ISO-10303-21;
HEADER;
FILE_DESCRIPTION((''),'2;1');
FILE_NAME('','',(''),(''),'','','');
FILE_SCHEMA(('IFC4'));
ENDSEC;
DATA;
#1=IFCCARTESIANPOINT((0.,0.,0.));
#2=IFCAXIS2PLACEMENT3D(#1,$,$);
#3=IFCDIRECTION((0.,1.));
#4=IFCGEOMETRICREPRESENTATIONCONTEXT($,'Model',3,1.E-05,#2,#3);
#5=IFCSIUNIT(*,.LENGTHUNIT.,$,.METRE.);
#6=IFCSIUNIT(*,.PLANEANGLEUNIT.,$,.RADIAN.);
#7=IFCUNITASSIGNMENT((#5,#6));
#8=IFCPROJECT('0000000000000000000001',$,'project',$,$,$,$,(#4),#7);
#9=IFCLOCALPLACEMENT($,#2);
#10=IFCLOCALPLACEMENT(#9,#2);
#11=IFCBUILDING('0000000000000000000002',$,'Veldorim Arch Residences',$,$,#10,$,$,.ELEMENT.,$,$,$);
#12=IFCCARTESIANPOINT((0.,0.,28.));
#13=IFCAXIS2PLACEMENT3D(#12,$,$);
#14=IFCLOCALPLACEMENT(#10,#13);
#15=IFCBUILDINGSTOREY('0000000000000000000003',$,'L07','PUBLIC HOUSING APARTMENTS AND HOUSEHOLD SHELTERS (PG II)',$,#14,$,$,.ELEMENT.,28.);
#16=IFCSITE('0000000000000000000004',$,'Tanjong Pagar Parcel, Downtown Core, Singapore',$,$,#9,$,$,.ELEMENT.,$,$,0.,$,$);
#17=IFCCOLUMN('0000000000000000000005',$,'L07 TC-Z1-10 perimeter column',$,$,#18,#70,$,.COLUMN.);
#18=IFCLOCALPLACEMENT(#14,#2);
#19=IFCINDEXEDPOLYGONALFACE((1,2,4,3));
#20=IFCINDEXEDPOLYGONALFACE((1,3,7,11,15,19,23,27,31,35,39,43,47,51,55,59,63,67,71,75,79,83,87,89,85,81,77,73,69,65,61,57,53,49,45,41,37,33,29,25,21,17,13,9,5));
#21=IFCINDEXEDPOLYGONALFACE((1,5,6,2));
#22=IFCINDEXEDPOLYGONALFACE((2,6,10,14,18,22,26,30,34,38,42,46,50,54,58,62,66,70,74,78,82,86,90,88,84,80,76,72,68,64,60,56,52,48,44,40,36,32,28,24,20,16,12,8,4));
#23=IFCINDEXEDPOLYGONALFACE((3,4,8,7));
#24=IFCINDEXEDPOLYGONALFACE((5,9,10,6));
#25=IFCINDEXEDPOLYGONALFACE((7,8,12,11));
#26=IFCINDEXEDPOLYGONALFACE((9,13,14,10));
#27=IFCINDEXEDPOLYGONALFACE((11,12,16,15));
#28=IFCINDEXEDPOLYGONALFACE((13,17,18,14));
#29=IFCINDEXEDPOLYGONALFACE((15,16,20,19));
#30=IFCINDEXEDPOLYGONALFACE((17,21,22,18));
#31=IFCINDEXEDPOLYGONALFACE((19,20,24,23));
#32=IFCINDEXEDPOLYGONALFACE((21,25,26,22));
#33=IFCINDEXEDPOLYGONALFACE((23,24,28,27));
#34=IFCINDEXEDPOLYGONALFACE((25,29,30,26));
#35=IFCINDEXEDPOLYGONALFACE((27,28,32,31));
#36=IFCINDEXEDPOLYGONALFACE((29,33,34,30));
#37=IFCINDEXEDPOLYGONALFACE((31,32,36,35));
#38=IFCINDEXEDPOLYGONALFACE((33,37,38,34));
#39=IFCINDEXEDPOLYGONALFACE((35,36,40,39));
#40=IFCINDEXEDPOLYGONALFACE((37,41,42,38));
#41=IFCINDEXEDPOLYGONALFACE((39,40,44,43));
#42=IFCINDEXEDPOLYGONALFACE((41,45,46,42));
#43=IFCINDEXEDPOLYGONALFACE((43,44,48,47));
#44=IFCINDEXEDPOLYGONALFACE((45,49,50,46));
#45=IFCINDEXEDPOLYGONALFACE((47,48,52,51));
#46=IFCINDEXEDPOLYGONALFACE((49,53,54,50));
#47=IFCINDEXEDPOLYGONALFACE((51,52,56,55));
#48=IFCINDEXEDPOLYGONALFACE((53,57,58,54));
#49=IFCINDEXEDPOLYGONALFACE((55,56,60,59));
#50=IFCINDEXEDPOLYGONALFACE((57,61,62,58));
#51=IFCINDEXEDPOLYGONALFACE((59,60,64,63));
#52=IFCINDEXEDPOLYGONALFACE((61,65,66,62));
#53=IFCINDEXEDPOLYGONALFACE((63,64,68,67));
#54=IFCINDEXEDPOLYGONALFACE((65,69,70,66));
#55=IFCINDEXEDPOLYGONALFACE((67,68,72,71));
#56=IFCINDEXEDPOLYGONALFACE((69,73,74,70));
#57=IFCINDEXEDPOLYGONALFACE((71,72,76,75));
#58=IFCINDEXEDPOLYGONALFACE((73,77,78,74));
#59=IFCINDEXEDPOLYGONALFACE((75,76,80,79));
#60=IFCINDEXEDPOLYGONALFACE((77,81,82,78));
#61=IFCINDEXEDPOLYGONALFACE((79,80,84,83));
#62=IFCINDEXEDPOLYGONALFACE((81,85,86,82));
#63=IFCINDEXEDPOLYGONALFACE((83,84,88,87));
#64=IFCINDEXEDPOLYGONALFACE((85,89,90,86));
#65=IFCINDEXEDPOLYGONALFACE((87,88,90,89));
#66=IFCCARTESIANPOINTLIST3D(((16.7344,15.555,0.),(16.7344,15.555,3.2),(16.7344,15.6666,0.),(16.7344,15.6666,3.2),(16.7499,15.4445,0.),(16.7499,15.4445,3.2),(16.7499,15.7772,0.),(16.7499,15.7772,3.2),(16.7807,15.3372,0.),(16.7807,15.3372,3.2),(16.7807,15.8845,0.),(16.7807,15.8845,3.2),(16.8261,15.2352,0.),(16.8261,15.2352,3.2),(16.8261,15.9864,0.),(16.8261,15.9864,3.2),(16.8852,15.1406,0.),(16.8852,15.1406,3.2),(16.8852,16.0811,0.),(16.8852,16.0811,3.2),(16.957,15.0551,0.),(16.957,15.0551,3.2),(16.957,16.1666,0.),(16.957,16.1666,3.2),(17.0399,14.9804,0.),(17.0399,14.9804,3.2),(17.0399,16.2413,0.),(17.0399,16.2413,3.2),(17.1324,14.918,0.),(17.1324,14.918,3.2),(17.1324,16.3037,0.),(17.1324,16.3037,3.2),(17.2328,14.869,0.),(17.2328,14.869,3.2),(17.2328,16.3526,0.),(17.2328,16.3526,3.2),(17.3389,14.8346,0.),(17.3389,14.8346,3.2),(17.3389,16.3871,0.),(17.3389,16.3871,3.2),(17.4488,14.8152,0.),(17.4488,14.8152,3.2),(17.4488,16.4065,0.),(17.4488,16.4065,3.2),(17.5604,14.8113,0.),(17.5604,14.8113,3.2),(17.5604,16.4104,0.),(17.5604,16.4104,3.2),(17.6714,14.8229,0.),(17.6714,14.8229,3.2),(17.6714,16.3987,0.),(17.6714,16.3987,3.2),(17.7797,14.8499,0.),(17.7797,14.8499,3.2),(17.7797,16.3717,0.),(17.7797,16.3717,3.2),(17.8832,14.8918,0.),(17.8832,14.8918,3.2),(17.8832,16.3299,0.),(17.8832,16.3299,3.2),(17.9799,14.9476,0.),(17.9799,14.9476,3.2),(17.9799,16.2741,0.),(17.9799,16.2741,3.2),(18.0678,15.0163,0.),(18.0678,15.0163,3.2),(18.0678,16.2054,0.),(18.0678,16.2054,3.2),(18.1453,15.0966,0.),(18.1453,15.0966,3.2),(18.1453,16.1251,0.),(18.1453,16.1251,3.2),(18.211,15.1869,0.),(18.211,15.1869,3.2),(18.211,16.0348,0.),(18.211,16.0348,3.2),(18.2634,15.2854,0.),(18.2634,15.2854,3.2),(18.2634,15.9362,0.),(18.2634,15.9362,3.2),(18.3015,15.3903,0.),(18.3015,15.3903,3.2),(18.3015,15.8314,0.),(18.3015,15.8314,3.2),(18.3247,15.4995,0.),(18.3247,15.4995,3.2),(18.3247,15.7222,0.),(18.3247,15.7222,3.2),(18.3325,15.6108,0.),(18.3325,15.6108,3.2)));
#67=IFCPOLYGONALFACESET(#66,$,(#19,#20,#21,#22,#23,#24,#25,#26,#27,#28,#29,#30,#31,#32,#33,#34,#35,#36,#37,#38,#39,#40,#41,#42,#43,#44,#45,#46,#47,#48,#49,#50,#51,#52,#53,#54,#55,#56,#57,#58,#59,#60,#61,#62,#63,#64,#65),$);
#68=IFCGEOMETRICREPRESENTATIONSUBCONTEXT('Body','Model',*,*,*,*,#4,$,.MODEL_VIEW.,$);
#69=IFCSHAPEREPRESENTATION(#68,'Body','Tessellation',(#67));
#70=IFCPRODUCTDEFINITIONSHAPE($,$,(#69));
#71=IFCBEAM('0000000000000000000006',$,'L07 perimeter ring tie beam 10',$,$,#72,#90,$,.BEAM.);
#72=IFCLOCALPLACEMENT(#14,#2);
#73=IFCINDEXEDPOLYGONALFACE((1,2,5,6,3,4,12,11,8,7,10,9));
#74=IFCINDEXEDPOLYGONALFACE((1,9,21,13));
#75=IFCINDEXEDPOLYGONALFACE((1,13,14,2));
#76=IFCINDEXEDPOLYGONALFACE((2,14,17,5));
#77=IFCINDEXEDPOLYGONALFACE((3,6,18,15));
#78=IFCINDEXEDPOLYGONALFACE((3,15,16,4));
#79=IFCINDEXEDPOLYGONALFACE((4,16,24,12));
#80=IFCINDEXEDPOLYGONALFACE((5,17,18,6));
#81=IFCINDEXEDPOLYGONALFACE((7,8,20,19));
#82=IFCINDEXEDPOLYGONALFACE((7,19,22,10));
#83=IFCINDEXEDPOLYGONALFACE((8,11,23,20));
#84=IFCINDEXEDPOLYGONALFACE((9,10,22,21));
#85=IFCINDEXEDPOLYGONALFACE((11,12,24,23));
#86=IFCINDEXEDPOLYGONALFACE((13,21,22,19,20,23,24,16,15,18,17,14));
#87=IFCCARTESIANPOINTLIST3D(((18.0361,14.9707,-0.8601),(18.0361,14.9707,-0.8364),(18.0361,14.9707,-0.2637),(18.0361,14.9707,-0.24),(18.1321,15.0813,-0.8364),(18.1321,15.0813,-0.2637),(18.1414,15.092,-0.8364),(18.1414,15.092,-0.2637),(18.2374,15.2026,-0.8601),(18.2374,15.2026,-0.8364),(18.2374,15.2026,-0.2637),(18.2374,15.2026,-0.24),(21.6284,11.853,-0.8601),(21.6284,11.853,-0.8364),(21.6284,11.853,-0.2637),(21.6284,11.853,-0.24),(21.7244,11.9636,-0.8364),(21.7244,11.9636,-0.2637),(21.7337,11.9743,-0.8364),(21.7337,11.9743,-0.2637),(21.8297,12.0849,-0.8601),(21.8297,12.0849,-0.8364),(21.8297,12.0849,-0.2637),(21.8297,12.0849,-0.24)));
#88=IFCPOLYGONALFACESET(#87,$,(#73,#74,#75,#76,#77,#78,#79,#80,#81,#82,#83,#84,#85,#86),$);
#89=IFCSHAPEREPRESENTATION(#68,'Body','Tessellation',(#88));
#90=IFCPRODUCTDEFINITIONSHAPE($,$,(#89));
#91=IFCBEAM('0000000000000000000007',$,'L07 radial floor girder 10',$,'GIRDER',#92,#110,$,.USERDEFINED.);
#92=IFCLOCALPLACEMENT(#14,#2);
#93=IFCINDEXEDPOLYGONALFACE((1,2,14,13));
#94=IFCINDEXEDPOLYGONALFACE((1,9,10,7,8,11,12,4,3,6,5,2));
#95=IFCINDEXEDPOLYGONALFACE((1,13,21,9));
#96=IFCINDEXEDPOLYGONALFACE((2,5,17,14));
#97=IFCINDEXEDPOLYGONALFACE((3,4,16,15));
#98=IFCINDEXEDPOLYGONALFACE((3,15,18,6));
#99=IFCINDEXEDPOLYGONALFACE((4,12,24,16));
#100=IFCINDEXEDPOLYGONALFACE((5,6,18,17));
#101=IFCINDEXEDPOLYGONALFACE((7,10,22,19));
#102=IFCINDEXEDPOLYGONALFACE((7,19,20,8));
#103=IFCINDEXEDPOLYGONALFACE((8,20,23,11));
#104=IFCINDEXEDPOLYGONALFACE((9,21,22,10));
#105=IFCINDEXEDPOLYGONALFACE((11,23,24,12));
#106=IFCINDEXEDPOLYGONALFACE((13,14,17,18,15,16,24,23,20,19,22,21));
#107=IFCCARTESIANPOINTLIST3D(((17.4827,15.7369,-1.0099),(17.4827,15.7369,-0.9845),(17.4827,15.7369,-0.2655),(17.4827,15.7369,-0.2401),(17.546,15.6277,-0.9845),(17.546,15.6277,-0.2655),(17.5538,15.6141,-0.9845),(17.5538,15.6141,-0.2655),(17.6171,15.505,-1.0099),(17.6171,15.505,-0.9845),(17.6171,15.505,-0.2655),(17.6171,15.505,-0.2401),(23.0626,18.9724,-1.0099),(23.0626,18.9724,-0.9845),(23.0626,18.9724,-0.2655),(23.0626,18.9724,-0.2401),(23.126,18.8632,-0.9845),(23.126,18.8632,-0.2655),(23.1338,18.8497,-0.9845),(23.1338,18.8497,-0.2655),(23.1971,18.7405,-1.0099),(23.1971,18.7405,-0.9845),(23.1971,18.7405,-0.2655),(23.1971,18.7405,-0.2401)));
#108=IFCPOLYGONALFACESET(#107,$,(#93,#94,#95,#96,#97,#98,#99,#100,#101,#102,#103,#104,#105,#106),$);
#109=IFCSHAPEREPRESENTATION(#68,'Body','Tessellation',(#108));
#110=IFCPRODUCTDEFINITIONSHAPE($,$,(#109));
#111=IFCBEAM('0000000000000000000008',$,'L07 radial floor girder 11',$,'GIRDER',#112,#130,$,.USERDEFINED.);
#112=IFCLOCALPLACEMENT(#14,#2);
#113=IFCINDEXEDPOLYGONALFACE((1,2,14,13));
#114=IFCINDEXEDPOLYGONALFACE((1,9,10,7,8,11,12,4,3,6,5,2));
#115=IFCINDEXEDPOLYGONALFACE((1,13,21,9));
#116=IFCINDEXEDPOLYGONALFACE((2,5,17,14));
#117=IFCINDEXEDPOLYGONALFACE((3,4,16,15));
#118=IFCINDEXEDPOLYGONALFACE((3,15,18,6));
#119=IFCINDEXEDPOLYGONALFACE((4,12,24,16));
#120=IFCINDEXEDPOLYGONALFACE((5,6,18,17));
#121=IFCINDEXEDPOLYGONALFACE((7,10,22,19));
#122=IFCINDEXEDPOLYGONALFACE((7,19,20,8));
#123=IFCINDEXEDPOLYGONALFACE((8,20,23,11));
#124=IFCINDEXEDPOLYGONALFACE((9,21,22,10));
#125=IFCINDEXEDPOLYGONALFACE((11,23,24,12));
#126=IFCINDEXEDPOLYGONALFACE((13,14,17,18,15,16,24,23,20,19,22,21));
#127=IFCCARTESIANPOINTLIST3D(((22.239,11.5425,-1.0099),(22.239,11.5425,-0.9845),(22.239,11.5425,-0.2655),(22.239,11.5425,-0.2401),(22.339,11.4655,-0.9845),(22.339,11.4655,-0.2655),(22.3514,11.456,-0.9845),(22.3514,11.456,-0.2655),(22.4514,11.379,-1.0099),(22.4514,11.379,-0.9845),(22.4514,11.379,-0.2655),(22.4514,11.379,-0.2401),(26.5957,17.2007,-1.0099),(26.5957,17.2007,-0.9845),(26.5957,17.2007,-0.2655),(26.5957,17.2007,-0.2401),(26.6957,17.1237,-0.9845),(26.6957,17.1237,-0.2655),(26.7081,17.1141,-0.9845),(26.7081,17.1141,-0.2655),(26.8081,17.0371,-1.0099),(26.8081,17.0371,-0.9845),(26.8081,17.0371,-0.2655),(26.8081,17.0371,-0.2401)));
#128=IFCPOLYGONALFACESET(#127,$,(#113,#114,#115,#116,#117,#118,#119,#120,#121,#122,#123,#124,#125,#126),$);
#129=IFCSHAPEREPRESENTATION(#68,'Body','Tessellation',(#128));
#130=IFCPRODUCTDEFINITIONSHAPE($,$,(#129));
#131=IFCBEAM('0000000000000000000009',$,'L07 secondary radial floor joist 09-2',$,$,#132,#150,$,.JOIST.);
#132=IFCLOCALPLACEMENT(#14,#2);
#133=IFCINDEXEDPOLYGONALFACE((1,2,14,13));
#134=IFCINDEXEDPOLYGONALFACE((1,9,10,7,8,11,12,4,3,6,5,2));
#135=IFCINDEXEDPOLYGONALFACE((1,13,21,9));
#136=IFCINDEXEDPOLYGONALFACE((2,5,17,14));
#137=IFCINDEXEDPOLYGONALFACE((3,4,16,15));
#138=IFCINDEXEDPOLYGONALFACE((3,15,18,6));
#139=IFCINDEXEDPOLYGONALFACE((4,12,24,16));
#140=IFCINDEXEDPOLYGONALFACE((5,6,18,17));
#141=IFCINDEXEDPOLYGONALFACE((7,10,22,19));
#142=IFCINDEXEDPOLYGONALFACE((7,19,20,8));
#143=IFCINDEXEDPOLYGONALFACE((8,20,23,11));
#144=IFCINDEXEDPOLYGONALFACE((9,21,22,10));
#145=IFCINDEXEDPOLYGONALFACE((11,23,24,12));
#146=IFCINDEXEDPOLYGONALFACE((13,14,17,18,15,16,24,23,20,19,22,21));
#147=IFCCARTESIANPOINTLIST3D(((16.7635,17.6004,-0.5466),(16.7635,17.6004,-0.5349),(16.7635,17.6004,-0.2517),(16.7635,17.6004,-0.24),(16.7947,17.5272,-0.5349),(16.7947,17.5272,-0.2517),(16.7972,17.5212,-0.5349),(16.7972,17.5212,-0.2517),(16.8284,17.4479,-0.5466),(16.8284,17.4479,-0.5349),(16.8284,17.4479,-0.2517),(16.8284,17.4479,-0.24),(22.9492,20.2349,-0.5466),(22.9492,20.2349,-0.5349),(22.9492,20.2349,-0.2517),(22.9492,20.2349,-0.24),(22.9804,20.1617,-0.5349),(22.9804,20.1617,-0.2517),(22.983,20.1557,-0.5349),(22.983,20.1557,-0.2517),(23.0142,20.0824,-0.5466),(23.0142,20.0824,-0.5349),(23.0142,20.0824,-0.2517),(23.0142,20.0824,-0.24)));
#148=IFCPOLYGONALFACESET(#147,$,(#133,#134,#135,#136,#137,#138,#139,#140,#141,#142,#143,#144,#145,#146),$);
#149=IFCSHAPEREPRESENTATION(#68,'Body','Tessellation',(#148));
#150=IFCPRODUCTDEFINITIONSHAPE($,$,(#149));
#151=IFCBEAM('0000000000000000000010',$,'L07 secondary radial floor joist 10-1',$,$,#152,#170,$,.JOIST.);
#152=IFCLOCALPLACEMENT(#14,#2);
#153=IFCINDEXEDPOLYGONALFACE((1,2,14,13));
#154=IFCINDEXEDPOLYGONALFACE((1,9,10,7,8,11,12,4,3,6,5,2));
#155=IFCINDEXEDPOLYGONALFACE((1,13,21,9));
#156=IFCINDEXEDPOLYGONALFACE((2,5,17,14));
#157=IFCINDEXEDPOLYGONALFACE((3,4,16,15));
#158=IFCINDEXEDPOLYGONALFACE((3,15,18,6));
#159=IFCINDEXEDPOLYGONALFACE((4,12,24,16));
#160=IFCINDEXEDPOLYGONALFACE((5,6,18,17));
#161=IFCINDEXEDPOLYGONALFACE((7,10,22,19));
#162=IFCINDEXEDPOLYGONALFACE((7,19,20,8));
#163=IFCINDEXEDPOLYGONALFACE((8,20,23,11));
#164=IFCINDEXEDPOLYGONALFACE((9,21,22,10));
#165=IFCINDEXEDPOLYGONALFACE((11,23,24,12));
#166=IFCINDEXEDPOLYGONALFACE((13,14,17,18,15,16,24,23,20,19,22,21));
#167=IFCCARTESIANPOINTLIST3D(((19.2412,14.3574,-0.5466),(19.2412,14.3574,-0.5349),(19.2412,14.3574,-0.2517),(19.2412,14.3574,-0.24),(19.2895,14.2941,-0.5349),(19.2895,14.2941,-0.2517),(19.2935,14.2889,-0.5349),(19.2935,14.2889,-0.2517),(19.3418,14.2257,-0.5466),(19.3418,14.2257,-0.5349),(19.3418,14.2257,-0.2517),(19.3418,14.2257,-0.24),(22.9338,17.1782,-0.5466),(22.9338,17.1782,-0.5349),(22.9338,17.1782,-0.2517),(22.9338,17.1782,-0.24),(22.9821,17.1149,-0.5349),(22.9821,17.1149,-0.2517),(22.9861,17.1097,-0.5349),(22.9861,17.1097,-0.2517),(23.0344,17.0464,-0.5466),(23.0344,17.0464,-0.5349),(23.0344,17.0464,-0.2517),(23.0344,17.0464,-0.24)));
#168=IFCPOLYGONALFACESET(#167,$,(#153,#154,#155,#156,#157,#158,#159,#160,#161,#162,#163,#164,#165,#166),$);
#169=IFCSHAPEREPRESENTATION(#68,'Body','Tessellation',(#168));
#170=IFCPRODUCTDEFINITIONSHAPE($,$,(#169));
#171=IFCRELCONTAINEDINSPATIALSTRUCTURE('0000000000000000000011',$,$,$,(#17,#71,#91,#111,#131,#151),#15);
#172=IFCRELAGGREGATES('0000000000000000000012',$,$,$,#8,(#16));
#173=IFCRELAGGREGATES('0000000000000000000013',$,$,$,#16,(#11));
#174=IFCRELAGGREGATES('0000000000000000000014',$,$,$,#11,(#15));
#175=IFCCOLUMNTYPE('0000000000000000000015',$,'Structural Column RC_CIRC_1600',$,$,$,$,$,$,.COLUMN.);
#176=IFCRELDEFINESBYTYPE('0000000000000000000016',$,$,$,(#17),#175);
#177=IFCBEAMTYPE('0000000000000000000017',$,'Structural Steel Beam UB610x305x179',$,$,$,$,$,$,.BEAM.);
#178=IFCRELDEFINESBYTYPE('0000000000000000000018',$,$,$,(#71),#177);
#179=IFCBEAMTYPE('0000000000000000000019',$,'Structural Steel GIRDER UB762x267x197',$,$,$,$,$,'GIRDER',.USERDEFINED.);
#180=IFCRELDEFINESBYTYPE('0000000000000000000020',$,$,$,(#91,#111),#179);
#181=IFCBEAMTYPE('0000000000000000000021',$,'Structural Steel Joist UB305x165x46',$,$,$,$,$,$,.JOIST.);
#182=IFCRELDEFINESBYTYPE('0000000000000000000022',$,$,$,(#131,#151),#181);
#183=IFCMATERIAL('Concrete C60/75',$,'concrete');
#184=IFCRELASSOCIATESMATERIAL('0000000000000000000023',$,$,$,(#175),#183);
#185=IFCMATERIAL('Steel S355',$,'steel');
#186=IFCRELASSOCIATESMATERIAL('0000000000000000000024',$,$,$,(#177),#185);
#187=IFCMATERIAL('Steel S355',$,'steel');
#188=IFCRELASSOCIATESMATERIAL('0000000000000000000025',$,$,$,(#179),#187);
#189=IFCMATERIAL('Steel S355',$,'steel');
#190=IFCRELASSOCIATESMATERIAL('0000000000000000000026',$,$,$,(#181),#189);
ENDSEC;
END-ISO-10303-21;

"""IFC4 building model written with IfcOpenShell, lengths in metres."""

from ifc_helpers import new_model, si_unit, direction, frame, origin, origin_2d, place, context, subcontext, project, spatial, circle, i_section, extrude, material, material_profile, profile_set, type_object, element, save


model = new_model("IFC4")

# Units and contexts
model_context = context("Model", 3, precision=1e-05, world=origin(), true_north=direction((0.0, 1.0)))
body_context = subcontext(model_context, "Body", "Model", "MODEL_VIEW")
ifc_project = project(units=[si_unit("LENGTHUNIT", "METRE"), si_unit("PLANEANGLEUNIT", "RADIAN")], contexts=[model_context])

# Site, building, storey
site_placement = place(None, origin())
site = spatial("IfcSite", under=ifc_project, at=site_placement, Name="Tanjong Pagar Parcel, Downtown Core, Singapore", CompositionType="ELEMENT", RefElevation=0.0)
building_placement = place(site_placement, origin())
building = spatial("IfcBuilding", under=site, at=building_placement, Name="Veldorim Arch Residences", CompositionType="ELEMENT")
storey_placement = place(building_placement, frame((0.0, 0.0, 28.0)))
storey = spatial("IfcBuildingStorey", under=building, at=storey_placement, Name="L07", Description="PUBLIC HOUSING APARTMENTS AND HOUSEHOLD SHELTERS (PG II)", CompositionType="ELEMENT", Elevation=28.0)

# Column
ifc_material_1 = material(Name="Concrete C60/75", Category="concrete")
ifc_material_profile_1 = material_profile(ifc_material_1, circle(Radius=0.8, at=origin_2d()), Name="RC_CIRC_1600")
ifc_profile_set_1 = profile_set([ifc_material_profile_1], Name="Concrete C60/75")
column_type = type_object("IfcColumnType", Name="Structural Column RC_CIRC_1600", PredefinedType="COLUMN", material=ifc_profile_set_1)
column_placement = place(storey_placement, frame((17.5325, 15.6108, 0.0), z_axis=(0.0, 0.0, 1.0), x_axis=(1.0, 0.0, 0.0)))
element("IfcColumn", 1, at=column_placement, inside=storey, type_object=column_type, Name="L07 TC-Z1-10 perimeter column", PredefinedType="COLUMN", context=body_context, shape_type="SweptSolid", body=[
    extrude(circle(Radius=0.8, at=origin_2d()), origin(), (0.0, 0.0, 1.0), 3.2),
])

# Beams
ifc_material_2 = material(Name="Steel S355", Category="steel")
ifc_material_profile_2 = material_profile(ifc_material_2, i_section(OverallWidth=0.3071, OverallDepth=0.6201, WebThickness=0.0142, FlangeThickness=0.0237, at=origin_2d()), Name="UB610x305x179")
ifc_profile_set_2 = profile_set([ifc_material_profile_2], Name="Steel S355")
beam_type_1 = type_object("IfcBeamType", Name="Structural Steel Beam UB610x305x179", PredefinedType="BEAM", material=ifc_profile_set_2)
beam_1_placement = place(storey_placement, frame((18.1367, 15.0867, -0.55), z_axis=(0.755235, -0.655454, 0.0), x_axis=(0.655454, 0.755235, 0.0)))
element("IfcBeam", 2, at=beam_1_placement, inside=storey, type_object=beam_type_1, Name="L07 perimeter ring tie beam 10", PredefinedType="BEAM", context=body_context, shape_type="SweptSolid", body=[
    extrude(i_section(OverallWidth=0.3071, OverallDepth=0.6201, WebThickness=0.0142, FlangeThickness=0.0237, at=origin_2d()), origin(), (0.0, 0.0, 1.0), 4.7566),
])
ifc_material_3 = material(Name="Steel S355", Category="steel")
ifc_material_profile_3 = material_profile(ifc_material_3, i_section(OverallWidth=0.2681, OverallDepth=0.7698, WebThickness=0.0156, FlangeThickness=0.0254, at=origin_2d()), Name="UB762x267x197")
ifc_profile_set_3 = profile_set([ifc_material_profile_3], Name="Steel S355")
beam_type_2 = type_object("IfcBeamType", Name="Structural Steel GIRDER UB762x267x197", ElementType="GIRDER", PredefinedType="USERDEFINED", material=ifc_profile_set_3)
beam_2_placement = place(storey_placement, frame((23.1299, 18.8564, -0.625), z_axis=(-0.865088, -0.50162, 0.0), x_axis=(0.50162, -0.865088, 0.0)))
element("IfcBeam", 3, at=beam_2_placement, inside=storey, type_object=beam_type_2, Name="L07 radial floor girder 10", ObjectType="GIRDER", PredefinedType="USERDEFINED", context=body_context, shape_type="SweptSolid", body=[
    extrude(i_section(OverallWidth=0.2681, OverallDepth=0.7698, WebThickness=0.0156, FlangeThickness=0.0254, at=origin_2d()), origin(), (0.0, 0.0, 1.0), 6.4502),
])
beam_3_placement = place(storey_placement, frame((26.7019, 17.1189, -0.625), z_axis=(-0.610082, -0.792338, 0.0), x_axis=(0.792338, -0.610082, 0.0)))
element("IfcBeam", 4, at=beam_3_placement, inside=storey, type_object=beam_type_2, Name="L07 radial floor girder 11", ObjectType="GIRDER", PredefinedType="USERDEFINED", context=body_context, shape_type="SweptSolid", body=[
    extrude(i_section(OverallWidth=0.2681, OverallDepth=0.7698, WebThickness=0.0156, FlangeThickness=0.0254, at=origin_2d()), origin(), (0.0, 0.0, 1.0), 7.1411),
])
ifc_material_4 = material(Name="Steel S355", Category="steel")
ifc_material_profile_4 = material_profile(ifc_material_4, i_section(OverallWidth=0.1658, OverallDepth=0.3066, WebThickness=0.0066, FlangeThickness=0.0117, at=origin_2d()), Name="UB305x165x46")
ifc_profile_set_4 = profile_set([ifc_material_profile_4], Name="Steel S355")
beam_type_3 = type_object("IfcBeamType", Name="Structural Steel Joist UB305x165x46", PredefinedType="JOIST", material=ifc_profile_set_4)
beam_4_placement = place(storey_placement, frame((22.9817, 20.1587, -0.3933), z_axis=(-0.920033, -0.391841, 0.0), x_axis=(0.391841, -0.920033, 0.0)))
element("IfcBeam", 5, at=beam_4_placement, inside=storey, type_object=beam_type_3, Name="L07 secondary radial floor joist 09-2", PredefinedType="JOIST", context=body_context, shape_type="SweptSolid", body=[
    extrude(i_section(OverallWidth=0.1658, OverallDepth=0.3066, WebThickness=0.0066, FlangeThickness=0.0117, at=origin_2d()), origin(), (0.0, 0.0, 1.0), 6.7234),
])
beam_5_placement = place(storey_placement, frame((22.9841, 17.1123, -0.3933), z_axis=(-0.794666, -0.607046, 0.0), x_axis=(0.607046, -0.794666, 0.0)))
element("IfcBeam", 6, at=beam_5_placement, inside=storey, type_object=beam_type_3, Name="L07 secondary radial floor joist 10-1", PredefinedType="JOIST", context=body_context, shape_type="SweptSolid", body=[
    extrude(i_section(OverallWidth=0.1658, OverallDepth=0.3066, WebThickness=0.0066, FlangeThickness=0.0117, at=origin_2d()), origin(), (0.0, 0.0, 1.0), 4.6467),
])

save(model, "model.ifc")
